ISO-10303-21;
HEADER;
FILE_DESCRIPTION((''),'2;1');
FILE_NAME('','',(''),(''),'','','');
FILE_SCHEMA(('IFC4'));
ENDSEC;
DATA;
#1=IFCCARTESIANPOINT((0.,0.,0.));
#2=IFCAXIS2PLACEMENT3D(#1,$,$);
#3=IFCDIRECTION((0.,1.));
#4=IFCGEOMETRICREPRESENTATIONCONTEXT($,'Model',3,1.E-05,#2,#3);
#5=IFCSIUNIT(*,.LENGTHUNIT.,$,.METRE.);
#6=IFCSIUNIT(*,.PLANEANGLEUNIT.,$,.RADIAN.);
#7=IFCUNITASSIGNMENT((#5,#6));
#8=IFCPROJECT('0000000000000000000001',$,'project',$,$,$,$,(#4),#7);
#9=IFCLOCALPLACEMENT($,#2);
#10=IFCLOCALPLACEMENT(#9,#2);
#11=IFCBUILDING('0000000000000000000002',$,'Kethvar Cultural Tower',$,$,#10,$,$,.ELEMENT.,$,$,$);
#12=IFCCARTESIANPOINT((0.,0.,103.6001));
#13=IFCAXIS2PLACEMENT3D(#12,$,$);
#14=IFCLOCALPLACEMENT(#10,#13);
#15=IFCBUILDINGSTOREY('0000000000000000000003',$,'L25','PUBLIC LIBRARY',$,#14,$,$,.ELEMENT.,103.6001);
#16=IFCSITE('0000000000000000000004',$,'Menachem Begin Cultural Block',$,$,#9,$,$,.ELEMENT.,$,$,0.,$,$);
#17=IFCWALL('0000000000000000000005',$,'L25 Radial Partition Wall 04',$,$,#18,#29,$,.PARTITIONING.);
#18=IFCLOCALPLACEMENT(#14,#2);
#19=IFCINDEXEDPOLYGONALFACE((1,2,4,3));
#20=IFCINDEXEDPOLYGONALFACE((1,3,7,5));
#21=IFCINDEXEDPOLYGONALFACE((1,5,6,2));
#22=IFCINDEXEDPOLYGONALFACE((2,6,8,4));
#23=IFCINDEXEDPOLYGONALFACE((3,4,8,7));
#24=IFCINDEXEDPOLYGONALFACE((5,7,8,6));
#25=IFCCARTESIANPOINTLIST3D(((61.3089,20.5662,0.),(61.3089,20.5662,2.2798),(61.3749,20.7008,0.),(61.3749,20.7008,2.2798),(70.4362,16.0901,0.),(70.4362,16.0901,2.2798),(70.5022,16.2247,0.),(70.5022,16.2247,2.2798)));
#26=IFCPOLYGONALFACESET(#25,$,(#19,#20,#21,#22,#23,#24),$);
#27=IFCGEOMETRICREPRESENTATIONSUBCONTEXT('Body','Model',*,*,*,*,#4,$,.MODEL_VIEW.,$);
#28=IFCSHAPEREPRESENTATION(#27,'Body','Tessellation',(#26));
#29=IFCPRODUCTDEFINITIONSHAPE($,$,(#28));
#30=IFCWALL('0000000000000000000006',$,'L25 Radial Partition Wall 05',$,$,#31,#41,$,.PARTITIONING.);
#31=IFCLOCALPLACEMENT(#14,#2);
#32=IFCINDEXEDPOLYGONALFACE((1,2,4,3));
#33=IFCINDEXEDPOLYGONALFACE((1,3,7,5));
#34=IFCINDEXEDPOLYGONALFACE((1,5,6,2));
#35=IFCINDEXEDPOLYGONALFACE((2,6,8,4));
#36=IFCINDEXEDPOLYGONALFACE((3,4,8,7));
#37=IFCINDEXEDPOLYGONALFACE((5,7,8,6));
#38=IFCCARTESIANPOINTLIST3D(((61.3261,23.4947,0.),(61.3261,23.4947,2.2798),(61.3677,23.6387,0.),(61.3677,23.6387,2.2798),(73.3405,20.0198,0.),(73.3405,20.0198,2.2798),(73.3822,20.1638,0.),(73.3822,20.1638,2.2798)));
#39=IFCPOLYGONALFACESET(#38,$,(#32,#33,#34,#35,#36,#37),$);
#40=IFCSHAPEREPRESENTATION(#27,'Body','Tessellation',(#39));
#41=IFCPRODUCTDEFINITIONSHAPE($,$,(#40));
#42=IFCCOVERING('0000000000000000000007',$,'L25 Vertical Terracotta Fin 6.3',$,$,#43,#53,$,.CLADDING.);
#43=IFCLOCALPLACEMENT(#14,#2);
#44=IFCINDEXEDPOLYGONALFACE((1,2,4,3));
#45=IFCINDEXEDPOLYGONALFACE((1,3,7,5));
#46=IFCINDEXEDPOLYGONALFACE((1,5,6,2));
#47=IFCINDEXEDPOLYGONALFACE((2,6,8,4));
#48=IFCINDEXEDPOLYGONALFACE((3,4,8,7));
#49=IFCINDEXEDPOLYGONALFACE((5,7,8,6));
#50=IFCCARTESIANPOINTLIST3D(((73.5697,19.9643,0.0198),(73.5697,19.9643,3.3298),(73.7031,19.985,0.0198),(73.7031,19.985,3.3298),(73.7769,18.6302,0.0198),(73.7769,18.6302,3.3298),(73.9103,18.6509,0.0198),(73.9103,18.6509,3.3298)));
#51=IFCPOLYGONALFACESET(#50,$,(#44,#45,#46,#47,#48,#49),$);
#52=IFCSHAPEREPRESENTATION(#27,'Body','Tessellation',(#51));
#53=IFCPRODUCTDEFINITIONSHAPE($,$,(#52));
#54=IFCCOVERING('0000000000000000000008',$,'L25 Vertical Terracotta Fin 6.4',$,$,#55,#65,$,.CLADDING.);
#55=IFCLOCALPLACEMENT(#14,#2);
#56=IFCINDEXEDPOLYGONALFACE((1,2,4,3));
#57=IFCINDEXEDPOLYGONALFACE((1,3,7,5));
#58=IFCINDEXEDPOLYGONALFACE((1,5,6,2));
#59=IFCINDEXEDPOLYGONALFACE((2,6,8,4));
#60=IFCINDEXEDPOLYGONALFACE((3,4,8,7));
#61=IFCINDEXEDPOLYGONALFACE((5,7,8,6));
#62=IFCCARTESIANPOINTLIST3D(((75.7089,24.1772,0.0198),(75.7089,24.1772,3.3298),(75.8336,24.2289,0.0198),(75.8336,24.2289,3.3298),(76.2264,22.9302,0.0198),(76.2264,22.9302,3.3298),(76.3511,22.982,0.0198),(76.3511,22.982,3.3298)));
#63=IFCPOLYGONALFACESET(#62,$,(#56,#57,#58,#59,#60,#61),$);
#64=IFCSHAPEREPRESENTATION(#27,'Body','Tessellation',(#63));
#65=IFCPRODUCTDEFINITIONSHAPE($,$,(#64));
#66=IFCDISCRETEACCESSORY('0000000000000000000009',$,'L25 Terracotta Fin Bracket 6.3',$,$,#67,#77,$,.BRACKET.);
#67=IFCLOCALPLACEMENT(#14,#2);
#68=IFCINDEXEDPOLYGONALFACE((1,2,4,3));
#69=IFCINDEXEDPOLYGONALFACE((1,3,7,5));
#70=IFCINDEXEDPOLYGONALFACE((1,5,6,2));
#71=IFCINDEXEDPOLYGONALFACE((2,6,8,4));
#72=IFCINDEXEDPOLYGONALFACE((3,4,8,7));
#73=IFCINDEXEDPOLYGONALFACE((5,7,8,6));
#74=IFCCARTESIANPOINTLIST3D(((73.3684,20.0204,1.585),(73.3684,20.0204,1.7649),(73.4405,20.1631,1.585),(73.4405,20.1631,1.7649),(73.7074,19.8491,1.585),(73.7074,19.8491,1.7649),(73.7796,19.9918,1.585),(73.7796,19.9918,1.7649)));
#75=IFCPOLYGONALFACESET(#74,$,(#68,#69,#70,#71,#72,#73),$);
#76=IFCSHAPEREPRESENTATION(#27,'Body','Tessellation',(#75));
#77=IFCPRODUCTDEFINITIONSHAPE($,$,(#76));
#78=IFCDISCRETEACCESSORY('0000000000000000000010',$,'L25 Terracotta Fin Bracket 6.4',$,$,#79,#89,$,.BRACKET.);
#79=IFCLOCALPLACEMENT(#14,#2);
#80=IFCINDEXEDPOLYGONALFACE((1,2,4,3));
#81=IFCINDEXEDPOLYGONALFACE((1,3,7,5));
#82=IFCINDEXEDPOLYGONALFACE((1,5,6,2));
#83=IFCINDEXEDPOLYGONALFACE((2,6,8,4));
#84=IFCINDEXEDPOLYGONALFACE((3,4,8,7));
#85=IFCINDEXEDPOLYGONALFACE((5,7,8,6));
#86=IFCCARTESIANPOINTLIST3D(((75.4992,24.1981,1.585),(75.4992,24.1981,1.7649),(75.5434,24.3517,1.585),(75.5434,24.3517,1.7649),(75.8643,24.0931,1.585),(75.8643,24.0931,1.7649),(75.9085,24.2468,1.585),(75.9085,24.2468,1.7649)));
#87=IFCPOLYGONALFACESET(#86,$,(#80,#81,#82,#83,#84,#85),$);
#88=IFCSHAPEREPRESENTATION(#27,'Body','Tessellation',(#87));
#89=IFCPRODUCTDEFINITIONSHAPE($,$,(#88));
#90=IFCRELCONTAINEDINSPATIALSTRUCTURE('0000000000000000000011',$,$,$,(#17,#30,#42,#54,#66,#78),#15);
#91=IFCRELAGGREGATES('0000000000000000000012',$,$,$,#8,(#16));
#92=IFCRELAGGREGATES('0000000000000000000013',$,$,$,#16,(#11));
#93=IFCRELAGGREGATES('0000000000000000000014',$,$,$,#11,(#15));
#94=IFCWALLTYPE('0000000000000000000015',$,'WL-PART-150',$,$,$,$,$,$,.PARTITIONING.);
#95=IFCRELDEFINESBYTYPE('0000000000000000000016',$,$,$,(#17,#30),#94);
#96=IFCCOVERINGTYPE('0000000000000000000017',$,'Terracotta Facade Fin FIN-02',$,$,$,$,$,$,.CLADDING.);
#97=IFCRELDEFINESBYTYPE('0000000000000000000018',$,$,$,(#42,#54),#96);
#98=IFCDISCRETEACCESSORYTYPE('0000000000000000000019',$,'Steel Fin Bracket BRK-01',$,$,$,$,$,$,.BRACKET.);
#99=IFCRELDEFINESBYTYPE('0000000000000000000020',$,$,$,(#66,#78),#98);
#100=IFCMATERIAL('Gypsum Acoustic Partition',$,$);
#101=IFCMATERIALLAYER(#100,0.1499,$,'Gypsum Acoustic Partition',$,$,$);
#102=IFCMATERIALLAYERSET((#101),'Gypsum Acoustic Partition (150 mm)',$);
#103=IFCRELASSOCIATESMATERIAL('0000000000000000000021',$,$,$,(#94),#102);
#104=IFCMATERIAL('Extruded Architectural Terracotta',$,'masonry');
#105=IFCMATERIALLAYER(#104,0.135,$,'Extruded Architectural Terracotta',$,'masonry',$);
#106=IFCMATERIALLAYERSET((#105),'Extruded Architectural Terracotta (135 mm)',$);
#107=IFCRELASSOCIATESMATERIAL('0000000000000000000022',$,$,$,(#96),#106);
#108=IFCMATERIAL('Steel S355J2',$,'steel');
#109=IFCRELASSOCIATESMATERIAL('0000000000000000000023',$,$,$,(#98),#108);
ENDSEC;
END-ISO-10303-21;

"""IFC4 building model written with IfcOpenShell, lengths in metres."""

from ifc_helpers import new_model, si_unit, direction, frame, frame_2d, origin, origin_2d, place, context, subcontext, project, spatial, rectangle, extrude, source, transform, mapped, material, layer, layer_set, type_object, element, save


model = new_model("IFC4")

# Units and contexts
model_context = context("Model", 3, precision=1e-05, world=origin(), true_north=direction((0.0, 1.0)))
body_context = subcontext(model_context, "Body", "Model", "MODEL_VIEW")
ifc_project = project(units=[si_unit("LENGTHUNIT", "METRE"), si_unit("PLANEANGLEUNIT", "RADIAN")], contexts=[model_context])

# Site, building, storey
site_placement = place(None, origin())
site = spatial("IfcSite", under=ifc_project, at=site_placement, Name="Menachem Begin Cultural Block", CompositionType="ELEMENT", RefElevation=0.0)
building_placement = place(site_placement, origin())
building = spatial("IfcBuilding", under=site, at=building_placement, Name="Kethvar Cultural Tower", CompositionType="ELEMENT")
storey_placement = place(building_placement, frame((0.0, 0.0, 103.6001)))
storey = spatial("IfcBuildingStorey", under=building, at=storey_placement, Name="L25", Description="PUBLIC LIBRARY", CompositionType="ELEMENT", Elevation=103.6001)

# Shared definitions
ifc_material_1 = material(Name="Steel S355J2", Category="steel")

# Walls
ifc_material_2 = material(Name="Gypsum Acoustic Partition")
ifc_layer_1 = layer(ifc_material_2, 0.1499, Name="Gypsum Acoustic Partition")
ifc_layer_set_1 = layer_set([ifc_layer_1], Name="Gypsum Acoustic Partition (150 mm)")
wall_type_1 = type_object("IfcWallType", Name="WL-PART-150", PredefinedType="PARTITIONING", material=ifc_layer_set_1)
wall_1_placement = place(storey_placement, frame((61.3418, 20.6335, 0.0), z_axis=(0.0, 0.0, 1.0), x_axis=(0.897845, -0.440312, 0.0)))
element("IfcWall", 1, at=wall_1_placement, inside=storey, type_object=wall_type_1, Name="L25 Radial Partition Wall 04", PredefinedType="PARTITIONING", context=body_context, shape_type="SweptSolid", body=[
    extrude(rectangle(XDim=10.1658, YDim=0.1499, at=frame_2d((5.083, 0.0))), origin(), (0.0, 0.0, 1.0), 2.2798),
])
wall_2_placement = place(storey_placement, frame((61.3469, 23.5667, 0.0), z_axis=(0.0, 0.0, 1.0), x_axis=(0.960628, -0.277837, 0.0)))
element("IfcWall", 2, at=wall_2_placement, inside=storey, type_object=wall_type_1, Name="L25 Radial Partition Wall 05", PredefinedType="PARTITIONING", context=body_context, shape_type="SweptSolid", body=[
    extrude(rectangle(XDim=12.5068, YDim=0.1499, at=frame_2d((6.2534, 0.0))), origin(), (0.0, 0.0, 1.0), 2.2798),
])

# Coverings
ifc_material_3 = material(Name="Extruded Architectural Terracotta", Category="masonry")
ifc_layer_2 = layer(ifc_material_3, 0.135, Name="Extruded Architectural Terracotta", Category="masonry")
ifc_layer_set_2 = layer_set([ifc_layer_2], Name="Extruded Architectural Terracotta (135 mm)")
covering_type = type_object("IfcCoveringType", Name="Terracotta Facade Fin FIN-02", PredefinedType="CLADDING", material=ifc_layer_set_2)
shared_shape_1 = source(origin(), body_context, "Body", "SweptSolid", [
    extrude(rectangle(XDim=1.3501, YDim=0.135, at=origin_2d()), origin(), (0.0, 0.0, 1.0), 3.3101),
])
for number, where, z_axis, x_axis, name in (
    (3, (73.74, 19.3076, 0.0198), (0.0, 0.0, 1.0), (0.153503, -0.988148, 0.0), "L25 Vertical Terracotta Fin 6.3"),
    (4, (76.03, 23.5796, 0.0198), (0.0, 0.0, 1.0), (0.383328, -0.923612, 0.0), "L25 Vertical Terracotta Fin 6.4"),
):
    element("IfcCovering", number, at=place(storey_placement, frame(where, z_axis=z_axis, x_axis=x_axis)), inside=storey, type_object=covering_type, Name=name, PredefinedType="CLADDING", context=body_context, shape_type="MappedRepresentation", body=[
        mapped(shared_shape_1, transform((0.0, 0.0, 0.0), scale=1.0)),
    ])

# Discrete accessories
discrete_accessory_type = type_object("IfcDiscreteAccessoryType", Name="Steel Fin Bracket BRK-01", PredefinedType="BRACKET", material=ifc_material_1)
shared_shape_2 = source(origin(), body_context, "Body", "SweptSolid", [
    extrude(rectangle(XDim=0.3799, YDim=0.1599, at=origin_2d()), origin(), (0.0, 0.0, 1.0), 0.1799),
])
for number, where, z_axis, x_axis, name in (
    (5, (73.574, 20.0061, 1.585), (0.0, 0.0, 1.0), (0.892507, -0.451033, 0.0), "L25 Terracotta Fin Bracket 6.3"),
    (6, (75.7039, 24.2224, 1.585), (0.0, 0.0, 1.0), (0.961069, -0.276308, 0.0), "L25 Terracotta Fin Bracket 6.4"),
):
    element("IfcDiscreteAccessory", number, at=place(storey_placement, frame(where, z_axis=z_axis, x_axis=x_axis)), inside=storey, type_object=discrete_accessory_type, Name=name, PredefinedType="BRACKET", context=body_context, shape_type="MappedRepresentation", body=[
        mapped(shared_shape_2, transform((0.0, 0.0, 0.0), scale=1.0)),
    ])

save(model, "model.ifc")
